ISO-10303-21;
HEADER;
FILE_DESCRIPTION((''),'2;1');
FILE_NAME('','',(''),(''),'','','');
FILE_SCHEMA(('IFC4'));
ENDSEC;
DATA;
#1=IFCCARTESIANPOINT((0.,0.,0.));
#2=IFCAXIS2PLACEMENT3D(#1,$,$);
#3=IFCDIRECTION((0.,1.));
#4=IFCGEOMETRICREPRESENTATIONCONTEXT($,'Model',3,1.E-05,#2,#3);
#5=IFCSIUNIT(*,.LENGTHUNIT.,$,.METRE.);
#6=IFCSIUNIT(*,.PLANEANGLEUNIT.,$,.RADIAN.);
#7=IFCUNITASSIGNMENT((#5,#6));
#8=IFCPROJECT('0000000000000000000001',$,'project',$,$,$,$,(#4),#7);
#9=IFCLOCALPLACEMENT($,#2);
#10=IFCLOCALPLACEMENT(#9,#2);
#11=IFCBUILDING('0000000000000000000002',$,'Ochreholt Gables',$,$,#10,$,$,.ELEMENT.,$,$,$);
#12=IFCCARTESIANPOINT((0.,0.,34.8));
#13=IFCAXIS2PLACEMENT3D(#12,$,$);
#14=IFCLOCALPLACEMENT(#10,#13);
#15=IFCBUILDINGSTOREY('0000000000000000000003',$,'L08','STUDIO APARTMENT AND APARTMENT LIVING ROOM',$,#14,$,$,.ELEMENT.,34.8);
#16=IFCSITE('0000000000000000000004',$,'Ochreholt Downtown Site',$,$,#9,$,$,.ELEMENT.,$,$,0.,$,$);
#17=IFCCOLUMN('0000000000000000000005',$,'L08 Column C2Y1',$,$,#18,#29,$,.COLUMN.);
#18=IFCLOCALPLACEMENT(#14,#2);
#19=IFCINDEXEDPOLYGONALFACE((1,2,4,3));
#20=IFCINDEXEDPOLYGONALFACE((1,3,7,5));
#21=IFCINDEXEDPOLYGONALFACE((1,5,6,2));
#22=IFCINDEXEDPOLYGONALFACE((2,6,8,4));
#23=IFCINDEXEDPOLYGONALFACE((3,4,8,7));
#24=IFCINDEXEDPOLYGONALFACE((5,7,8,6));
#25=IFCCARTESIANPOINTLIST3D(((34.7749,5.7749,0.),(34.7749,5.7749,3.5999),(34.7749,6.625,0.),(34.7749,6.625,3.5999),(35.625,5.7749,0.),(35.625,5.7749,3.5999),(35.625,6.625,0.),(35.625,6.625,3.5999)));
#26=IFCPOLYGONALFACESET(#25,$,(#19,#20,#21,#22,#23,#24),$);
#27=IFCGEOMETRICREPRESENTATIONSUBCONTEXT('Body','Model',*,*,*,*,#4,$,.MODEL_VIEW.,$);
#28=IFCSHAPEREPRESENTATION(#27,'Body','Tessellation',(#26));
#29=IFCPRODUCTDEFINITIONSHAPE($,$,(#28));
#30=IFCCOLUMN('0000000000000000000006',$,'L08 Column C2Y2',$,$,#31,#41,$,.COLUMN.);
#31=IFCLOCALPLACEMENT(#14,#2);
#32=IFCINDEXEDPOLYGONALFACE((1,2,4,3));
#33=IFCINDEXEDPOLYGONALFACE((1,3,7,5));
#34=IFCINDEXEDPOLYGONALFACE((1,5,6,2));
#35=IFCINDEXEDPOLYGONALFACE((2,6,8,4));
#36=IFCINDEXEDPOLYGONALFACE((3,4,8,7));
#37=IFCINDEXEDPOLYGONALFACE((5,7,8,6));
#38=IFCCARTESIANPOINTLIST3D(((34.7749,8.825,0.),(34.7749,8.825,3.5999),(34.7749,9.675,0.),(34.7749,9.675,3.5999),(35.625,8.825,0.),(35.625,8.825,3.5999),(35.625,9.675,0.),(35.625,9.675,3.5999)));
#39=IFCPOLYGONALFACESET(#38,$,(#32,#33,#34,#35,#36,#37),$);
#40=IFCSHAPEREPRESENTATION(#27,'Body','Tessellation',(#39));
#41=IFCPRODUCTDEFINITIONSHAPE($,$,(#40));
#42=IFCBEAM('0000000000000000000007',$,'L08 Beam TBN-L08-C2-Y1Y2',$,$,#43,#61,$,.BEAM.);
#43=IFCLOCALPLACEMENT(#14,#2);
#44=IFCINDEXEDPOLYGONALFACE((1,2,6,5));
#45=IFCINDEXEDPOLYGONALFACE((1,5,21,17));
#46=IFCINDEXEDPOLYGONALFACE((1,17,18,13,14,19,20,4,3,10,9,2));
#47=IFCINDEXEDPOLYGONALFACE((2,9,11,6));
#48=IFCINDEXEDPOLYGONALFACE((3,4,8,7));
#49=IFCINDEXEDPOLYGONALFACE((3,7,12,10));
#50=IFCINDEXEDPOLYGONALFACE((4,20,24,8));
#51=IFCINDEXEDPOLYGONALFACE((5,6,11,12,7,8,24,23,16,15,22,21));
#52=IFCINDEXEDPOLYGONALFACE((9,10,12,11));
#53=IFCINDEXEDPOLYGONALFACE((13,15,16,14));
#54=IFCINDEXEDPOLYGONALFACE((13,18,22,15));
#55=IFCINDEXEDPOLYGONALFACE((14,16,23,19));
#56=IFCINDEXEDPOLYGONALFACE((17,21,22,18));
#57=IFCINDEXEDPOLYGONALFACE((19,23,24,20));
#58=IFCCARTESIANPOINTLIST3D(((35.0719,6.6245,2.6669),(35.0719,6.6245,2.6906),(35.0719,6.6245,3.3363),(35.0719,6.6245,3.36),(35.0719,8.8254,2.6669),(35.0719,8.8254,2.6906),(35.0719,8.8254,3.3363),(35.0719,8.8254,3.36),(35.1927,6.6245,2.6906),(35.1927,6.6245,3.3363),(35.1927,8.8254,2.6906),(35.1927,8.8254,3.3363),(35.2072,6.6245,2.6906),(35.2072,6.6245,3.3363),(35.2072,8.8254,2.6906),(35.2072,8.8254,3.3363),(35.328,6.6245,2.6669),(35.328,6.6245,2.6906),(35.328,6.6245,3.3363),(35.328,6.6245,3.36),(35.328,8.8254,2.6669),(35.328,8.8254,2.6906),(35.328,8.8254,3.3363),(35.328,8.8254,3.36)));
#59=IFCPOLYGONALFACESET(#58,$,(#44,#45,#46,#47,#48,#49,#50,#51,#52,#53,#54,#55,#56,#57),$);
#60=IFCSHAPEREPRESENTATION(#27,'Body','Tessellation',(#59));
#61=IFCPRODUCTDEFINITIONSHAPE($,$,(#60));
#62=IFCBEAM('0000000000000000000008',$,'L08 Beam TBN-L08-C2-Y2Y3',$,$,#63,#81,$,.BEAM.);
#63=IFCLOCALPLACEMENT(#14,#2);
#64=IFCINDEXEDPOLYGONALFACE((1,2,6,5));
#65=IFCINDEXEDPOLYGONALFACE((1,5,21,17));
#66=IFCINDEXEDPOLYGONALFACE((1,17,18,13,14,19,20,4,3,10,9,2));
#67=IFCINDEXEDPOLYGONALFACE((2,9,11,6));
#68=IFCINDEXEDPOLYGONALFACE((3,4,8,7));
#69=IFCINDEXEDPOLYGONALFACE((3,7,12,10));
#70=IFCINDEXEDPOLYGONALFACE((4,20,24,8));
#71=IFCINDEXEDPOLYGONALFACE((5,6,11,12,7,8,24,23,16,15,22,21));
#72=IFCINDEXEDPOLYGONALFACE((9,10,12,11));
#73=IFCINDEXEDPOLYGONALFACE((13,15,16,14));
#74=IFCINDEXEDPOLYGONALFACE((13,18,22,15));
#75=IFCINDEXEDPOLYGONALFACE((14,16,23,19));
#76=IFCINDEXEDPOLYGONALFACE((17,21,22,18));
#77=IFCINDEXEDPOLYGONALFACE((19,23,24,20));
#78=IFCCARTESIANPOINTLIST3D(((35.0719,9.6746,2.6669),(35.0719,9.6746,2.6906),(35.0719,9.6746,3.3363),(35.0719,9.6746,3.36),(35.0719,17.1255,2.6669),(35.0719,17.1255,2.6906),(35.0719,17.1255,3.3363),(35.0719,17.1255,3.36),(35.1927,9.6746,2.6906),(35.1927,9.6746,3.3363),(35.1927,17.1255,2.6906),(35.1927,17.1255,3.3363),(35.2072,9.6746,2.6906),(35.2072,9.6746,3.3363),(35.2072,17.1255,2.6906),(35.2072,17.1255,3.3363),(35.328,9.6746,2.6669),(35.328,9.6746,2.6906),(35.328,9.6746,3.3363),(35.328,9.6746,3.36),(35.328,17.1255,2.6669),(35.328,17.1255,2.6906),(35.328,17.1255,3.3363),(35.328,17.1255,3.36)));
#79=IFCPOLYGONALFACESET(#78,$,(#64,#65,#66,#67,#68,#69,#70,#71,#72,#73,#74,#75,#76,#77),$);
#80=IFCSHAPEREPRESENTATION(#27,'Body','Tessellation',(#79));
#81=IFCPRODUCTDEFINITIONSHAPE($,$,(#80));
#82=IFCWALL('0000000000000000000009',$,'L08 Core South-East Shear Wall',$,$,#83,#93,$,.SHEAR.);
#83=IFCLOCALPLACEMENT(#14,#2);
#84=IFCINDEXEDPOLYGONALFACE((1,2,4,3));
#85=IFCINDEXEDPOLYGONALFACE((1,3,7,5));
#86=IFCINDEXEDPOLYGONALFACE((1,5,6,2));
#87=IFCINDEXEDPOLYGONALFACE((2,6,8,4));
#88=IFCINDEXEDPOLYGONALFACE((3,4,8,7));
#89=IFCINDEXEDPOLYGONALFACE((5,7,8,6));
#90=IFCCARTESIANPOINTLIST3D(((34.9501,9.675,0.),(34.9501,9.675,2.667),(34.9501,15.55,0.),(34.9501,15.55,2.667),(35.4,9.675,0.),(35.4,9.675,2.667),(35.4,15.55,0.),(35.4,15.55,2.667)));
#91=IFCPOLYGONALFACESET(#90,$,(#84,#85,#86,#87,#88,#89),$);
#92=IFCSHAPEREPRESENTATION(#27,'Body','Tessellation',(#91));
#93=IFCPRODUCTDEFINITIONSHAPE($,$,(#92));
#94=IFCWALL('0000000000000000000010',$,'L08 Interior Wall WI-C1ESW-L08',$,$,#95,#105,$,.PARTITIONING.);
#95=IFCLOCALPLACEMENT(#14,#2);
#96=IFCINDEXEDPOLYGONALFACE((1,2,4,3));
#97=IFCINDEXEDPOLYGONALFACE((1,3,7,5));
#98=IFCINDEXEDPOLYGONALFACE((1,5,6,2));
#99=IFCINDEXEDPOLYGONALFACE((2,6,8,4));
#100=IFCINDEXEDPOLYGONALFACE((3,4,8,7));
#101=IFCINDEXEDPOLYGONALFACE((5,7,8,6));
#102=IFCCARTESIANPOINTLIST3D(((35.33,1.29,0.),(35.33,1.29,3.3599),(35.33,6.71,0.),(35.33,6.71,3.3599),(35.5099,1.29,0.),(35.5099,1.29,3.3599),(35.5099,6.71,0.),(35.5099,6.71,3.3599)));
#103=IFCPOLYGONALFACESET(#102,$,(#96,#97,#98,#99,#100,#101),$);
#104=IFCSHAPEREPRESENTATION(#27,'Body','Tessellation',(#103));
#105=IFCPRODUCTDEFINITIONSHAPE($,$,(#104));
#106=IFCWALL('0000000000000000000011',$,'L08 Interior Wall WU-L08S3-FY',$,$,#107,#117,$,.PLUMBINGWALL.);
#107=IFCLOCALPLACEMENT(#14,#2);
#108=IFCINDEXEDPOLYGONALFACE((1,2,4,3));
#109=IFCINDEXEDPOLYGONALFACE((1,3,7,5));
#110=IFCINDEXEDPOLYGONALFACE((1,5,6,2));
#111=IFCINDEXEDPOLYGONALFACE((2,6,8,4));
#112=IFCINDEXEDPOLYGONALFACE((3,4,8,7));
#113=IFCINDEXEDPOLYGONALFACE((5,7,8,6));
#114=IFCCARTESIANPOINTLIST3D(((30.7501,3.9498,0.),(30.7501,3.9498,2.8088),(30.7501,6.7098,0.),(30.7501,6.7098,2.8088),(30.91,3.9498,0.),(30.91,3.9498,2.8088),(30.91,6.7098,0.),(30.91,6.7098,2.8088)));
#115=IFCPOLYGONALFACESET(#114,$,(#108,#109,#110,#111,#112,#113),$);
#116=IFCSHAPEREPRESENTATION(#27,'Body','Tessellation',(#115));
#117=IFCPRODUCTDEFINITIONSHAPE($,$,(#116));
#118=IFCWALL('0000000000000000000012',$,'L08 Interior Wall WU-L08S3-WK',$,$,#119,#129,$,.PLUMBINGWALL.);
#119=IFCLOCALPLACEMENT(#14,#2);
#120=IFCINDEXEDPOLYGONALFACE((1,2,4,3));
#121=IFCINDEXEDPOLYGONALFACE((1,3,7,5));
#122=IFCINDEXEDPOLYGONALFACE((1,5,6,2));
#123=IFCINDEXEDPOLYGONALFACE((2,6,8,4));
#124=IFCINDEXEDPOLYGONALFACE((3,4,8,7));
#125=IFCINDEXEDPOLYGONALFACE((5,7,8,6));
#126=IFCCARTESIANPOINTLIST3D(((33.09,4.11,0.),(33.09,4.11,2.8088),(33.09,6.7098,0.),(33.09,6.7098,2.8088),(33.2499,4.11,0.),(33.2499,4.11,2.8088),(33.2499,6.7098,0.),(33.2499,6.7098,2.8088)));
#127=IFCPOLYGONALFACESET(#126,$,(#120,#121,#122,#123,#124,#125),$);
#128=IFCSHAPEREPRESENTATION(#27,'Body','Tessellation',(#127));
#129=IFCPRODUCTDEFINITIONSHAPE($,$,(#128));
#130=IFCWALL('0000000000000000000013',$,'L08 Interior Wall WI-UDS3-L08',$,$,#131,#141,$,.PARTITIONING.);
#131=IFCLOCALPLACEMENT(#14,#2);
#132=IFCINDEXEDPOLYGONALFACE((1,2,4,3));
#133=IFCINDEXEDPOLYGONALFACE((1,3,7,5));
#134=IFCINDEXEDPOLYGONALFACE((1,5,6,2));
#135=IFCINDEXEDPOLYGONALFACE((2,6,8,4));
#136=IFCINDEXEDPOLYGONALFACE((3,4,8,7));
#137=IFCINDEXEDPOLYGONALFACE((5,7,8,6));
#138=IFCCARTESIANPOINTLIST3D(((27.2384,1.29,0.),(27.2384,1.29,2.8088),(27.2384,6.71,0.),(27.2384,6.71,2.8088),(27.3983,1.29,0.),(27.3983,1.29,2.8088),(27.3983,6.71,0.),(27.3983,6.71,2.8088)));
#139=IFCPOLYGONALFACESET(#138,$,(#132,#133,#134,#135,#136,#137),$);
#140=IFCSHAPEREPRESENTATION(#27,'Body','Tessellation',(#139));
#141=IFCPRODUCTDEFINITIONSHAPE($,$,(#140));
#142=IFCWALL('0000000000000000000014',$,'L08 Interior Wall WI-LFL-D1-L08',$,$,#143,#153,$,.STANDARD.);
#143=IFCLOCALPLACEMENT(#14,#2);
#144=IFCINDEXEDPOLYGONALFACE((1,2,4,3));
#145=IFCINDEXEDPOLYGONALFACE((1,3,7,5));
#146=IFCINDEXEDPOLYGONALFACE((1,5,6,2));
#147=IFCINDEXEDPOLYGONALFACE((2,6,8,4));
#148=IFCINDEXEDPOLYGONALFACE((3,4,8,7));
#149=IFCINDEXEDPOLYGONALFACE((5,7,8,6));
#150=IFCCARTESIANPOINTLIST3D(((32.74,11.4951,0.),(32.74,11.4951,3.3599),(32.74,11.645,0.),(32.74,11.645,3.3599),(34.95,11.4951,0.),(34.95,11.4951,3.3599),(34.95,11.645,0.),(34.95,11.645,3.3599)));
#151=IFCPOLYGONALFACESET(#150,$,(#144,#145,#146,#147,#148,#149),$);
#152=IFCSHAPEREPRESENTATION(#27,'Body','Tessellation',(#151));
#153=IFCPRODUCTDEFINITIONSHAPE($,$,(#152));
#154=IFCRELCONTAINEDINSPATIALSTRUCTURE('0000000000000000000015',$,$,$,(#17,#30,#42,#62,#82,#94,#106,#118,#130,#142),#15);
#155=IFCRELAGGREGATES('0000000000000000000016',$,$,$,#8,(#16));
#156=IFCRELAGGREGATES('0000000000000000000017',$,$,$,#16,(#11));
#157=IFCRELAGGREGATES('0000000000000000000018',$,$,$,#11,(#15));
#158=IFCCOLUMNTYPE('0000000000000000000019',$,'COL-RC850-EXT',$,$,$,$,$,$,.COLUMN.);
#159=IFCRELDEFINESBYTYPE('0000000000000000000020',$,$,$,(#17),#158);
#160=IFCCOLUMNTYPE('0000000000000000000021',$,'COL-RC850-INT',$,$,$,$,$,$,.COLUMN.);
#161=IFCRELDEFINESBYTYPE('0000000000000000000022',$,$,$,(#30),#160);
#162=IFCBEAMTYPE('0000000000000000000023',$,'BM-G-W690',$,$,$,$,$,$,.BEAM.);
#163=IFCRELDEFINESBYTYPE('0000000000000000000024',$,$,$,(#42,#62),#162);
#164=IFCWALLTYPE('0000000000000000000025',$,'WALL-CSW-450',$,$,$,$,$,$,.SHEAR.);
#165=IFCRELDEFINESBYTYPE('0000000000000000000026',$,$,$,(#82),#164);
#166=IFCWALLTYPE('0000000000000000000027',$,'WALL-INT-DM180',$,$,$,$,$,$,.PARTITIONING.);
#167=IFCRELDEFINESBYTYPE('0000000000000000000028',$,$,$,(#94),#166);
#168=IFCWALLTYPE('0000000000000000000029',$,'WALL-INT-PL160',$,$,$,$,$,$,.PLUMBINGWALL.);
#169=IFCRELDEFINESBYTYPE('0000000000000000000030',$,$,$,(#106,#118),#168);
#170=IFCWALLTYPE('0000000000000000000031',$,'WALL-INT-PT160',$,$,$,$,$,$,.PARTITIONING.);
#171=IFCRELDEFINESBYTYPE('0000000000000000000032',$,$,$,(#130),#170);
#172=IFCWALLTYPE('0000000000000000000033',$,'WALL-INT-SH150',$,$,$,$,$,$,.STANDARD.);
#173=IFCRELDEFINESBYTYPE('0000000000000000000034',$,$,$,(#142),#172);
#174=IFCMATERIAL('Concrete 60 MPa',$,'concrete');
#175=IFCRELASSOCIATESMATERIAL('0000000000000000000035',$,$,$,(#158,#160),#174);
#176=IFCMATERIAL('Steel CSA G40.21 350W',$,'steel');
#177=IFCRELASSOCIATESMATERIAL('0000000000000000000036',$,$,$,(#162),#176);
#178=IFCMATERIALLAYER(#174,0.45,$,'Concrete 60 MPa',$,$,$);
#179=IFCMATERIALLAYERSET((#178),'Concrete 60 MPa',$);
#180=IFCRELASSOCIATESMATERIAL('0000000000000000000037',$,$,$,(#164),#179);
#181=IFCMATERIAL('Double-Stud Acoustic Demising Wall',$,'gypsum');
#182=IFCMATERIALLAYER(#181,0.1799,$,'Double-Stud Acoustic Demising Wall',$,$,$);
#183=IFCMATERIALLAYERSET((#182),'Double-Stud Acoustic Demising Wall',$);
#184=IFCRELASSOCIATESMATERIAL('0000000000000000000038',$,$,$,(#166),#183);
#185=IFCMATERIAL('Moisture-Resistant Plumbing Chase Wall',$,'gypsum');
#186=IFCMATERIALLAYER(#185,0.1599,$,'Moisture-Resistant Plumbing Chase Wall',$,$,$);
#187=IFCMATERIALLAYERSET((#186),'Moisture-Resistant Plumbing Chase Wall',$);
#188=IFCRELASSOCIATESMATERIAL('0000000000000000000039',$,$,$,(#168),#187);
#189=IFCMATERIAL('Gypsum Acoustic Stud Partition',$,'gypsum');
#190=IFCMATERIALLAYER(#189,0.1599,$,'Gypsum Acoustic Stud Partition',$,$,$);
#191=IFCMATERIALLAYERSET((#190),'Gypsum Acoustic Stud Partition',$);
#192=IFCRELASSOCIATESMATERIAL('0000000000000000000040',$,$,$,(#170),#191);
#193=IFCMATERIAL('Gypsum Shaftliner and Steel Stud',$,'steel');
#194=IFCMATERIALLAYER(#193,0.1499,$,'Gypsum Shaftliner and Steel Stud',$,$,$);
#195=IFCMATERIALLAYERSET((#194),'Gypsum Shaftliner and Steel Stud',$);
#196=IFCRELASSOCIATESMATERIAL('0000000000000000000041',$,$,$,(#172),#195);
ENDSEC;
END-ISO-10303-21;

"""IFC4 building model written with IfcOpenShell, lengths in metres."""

from ifc_helpers import new_model, si_unit, direction, frame, frame_2d, origin, origin_2d, place, context, subcontext, project, spatial, rectangle, i_section, extrude, material, layer, layer_set, material_profile, profile_set, type_object, element, save


model = new_model("IFC4")

# Units and contexts
model_context = context("Model", 3, precision=1e-05, world=origin(), true_north=direction((0.0, 1.0)))
body_context = subcontext(model_context, "Body", "Model", "MODEL_VIEW")
ifc_project = project(units=[si_unit("LENGTHUNIT", "METRE"), si_unit("PLANEANGLEUNIT", "RADIAN")], contexts=[model_context])

# Site, building, storey
site_placement = place(None, origin())
site = spatial("IfcSite", under=ifc_project, at=site_placement, Name="Ochreholt Downtown Site", CompositionType="ELEMENT", RefElevation=0.0)
building_placement = place(site_placement, origin())
building = spatial("IfcBuilding", under=site, at=building_placement, Name="Ochreholt Gables", CompositionType="ELEMENT")
storey_placement = place(building_placement, frame((0.0, 0.0, 34.8)))
storey = spatial("IfcBuildingStorey", under=building, at=storey_placement, Name="L08", Description="STUDIO APARTMENT AND APARTMENT LIVING ROOM", CompositionType="ELEMENT", Elevation=34.8)

# Columns
ifc_material_1 = material(Name="Concrete 60 MPa", Category="concrete")
ifc_material_profile_1 = material_profile(ifc_material_1, rectangle(XDim=0.8501, YDim=0.8501, at=origin_2d()), Name="RC850X850")
ifc_profile_set_1 = profile_set([ifc_material_profile_1], Name="Concrete 60 MPa")
column_type_1 = type_object("IfcColumnType", Name="COL-RC850-EXT", PredefinedType="COLUMN", material=ifc_profile_set_1)
column_1_placement = place(storey_placement, frame((35.2, 6.2, 0.0), z_axis=(0.0, 0.0, 1.0), x_axis=(1.0, 0.0, 0.0)))
element("IfcColumn", 1, at=column_1_placement, inside=storey, type_object=column_type_1, Name="L08 Column C2Y1", PredefinedType="COLUMN", context=body_context, shape_type="SweptSolid", body=[
    extrude(rectangle(XDim=0.8501, YDim=0.8501, at=origin_2d()), origin(), (0.0, 0.0, 1.0), 3.5999),
])
ifc_material_profile_2 = material_profile(ifc_material_1, rectangle(XDim=0.8501, YDim=0.8501, at=origin_2d()), Name="RC850X850")
ifc_profile_set_2 = profile_set([ifc_material_profile_2], Name="Concrete 60 MPa")
column_type_2 = type_object("IfcColumnType", Name="COL-RC850-INT", PredefinedType="COLUMN", material=ifc_profile_set_2)
column_2_placement = place(storey_placement, frame((35.2, 9.25, 0.0), z_axis=(0.0, 0.0, 1.0), x_axis=(1.0, 0.0, 0.0)))
element("IfcColumn", 2, at=column_2_placement, inside=storey, type_object=column_type_2, Name="L08 Column C2Y2", PredefinedType="COLUMN", context=body_context, shape_type="SweptSolid", body=[
    extrude(rectangle(XDim=0.8501, YDim=0.8501, at=origin_2d()), origin(), (0.0, 0.0, 1.0), 3.5999),
])

# Beams
ifc_material_2 = material(Name="Steel CSA G40.21 350W", Category="steel")
ifc_material_profile_3 = material_profile(ifc_material_2, i_section(OverallWidth=0.2561, OverallDepth=0.6931, WebThickness=0.0144, FlangeThickness=0.0237, at=origin_2d()), Name="W690X170")
ifc_profile_set_3 = profile_set([ifc_material_profile_3], Name="Steel CSA G40.21 350W")
beam_type = type_object("IfcBeamType", Name="BM-G-W690", PredefinedType="BEAM", material=ifc_profile_set_3)
beam_1_placement = place(storey_placement, frame((35.2, 6.6245, 3.0134), z_axis=(0.0, 1.0, 0.0), x_axis=(-1.0, 0.0, 0.0)))
element("IfcBeam", 3, at=beam_1_placement, inside=storey, type_object=beam_type, Name="L08 Beam TBN-L08-C2-Y1Y2", PredefinedType="BEAM", context=body_context, shape_type="SweptSolid", body=[
    extrude(i_section(OverallWidth=0.2561, OverallDepth=0.6931, WebThickness=0.0144, FlangeThickness=0.0237, at=origin_2d()), origin(), (0.0, 0.0, 1.0), 2.2009),
])
beam_2_placement = place(storey_placement, frame((35.2, 9.6746, 3.0134), z_axis=(0.0, 1.0, 0.0), x_axis=(-1.0, 0.0, 0.0)))
element("IfcBeam", 4, at=beam_2_placement, inside=storey, type_object=beam_type, Name="L08 Beam TBN-L08-C2-Y2Y3", PredefinedType="BEAM", context=body_context, shape_type="SweptSolid", body=[
    extrude(i_section(OverallWidth=0.2561, OverallDepth=0.6931, WebThickness=0.0144, FlangeThickness=0.0237, at=origin_2d()), origin(), (0.0, 0.0, 1.0), 7.4509),
])

# Walls
ifc_layer_1 = layer(ifc_material_1, 0.45, Name="Concrete 60 MPa")
ifc_layer_set_1 = layer_set([ifc_layer_1], Name="Concrete 60 MPa")
wall_type_1 = type_object("IfcWallType", Name="WALL-CSW-450", PredefinedType="SHEAR", material=ifc_layer_set_1)
wall_1_placement = place(storey_placement, frame((35.175, 9.675, 0.0), z_axis=(0.0, 0.0, 1.0), x_axis=(0.0, 1.0, 0.0)))
element("IfcWall", 5, at=wall_1_placement, inside=storey, type_object=wall_type_1, Name="L08 Core South-East Shear Wall", PredefinedType="SHEAR", context=body_context, shape_type="SweptSolid", body=[
    extrude(rectangle(XDim=5.875, YDim=0.45, at=frame_2d((2.9375, 0.0))), origin(), (0.0, 0.0, 1.0), 2.667),
])
ifc_material_3 = material(Name="Double-Stud Acoustic Demising Wall", Category="gypsum")
ifc_layer_2 = layer(ifc_material_3, 0.1799, Name="Double-Stud Acoustic Demising Wall")
ifc_layer_set_2 = layer_set([ifc_layer_2], Name="Double-Stud Acoustic Demising Wall")
wall_type_2 = type_object("IfcWallType", Name="WALL-INT-DM180", PredefinedType="PARTITIONING", material=ifc_layer_set_2)
wall_2_placement = place(storey_placement, frame((35.4199, 1.29, 0.0), z_axis=(0.0, 0.0, 1.0), x_axis=(0.0, 1.0, 0.0)))
element("IfcWall", 6, at=wall_2_placement, inside=storey, type_object=wall_type_2, Name="L08 Interior Wall WI-C1ESW-L08", PredefinedType="PARTITIONING", context=body_context, shape_type="SweptSolid", body=[
    extrude(rectangle(XDim=5.4199, YDim=0.1799, at=frame_2d((2.71, 0.0))), origin(), (0.0, 0.0, 1.0), 3.3599),
])

# Shared definitions
ifc_material_4 = material(Name="Moisture-Resistant Plumbing Chase Wall", Category="gypsum")
ifc_layer_3 = layer(ifc_material_4, 0.1599, Name="Moisture-Resistant Plumbing Chase Wall")
ifc_layer_set_3 = layer_set([ifc_layer_3], Name="Moisture-Resistant Plumbing Chase Wall")
wall_type_3 = type_object("IfcWallType", Name="WALL-INT-PL160", PredefinedType="PLUMBINGWALL", material=ifc_layer_set_3)

# Walls
wall_3_placement = place(storey_placement, frame((30.8301, 3.95, 0.0), z_axis=(0.0, 0.0, 1.0), x_axis=(0.0, 1.0, 0.0)))
element("IfcWall", 7, at=wall_3_placement, inside=storey, type_object=wall_type_3, Name="L08 Interior Wall WU-L08S3-FY", PredefinedType="PLUMBINGWALL", context=body_context, shape_type="SweptSolid", body=[
    extrude(rectangle(XDim=2.76, YDim=0.1599, at=frame_2d((1.3799, 0.0))), origin(), (0.0, 0.0, 1.0), 2.8088),
])
wall_4_placement = place(storey_placement, frame((33.1699, 4.1101, 0.0), z_axis=(0.0, 0.0, 1.0), x_axis=(0.0, 1.0, 0.0)))
element("IfcWall", 8, at=wall_4_placement, inside=storey, type_object=wall_type_3, Name="L08 Interior Wall WU-L08S3-WK", PredefinedType="PLUMBINGWALL", context=body_context, shape_type="SweptSolid", body=[
    extrude(rectangle(XDim=2.5999, YDim=0.1599, at=frame_2d((1.2998, 0.0))), origin(), (0.0, 0.0, 1.0), 2.8088),
])
ifc_material_5 = material(Name="Gypsum Acoustic Stud Partition", Category="gypsum")
ifc_layer_4 = layer(ifc_material_5, 0.1599, Name="Gypsum Acoustic Stud Partition")
ifc_layer_set_4 = layer_set([ifc_layer_4], Name="Gypsum Acoustic Stud Partition")
wall_type_4 = type_object("IfcWallType", Name="WALL-INT-PT160", PredefinedType="PARTITIONING", material=ifc_layer_set_4)
wall_5_placement = place(storey_placement, frame((27.3184, 1.29, 0.0), z_axis=(0.0, 0.0, 1.0), x_axis=(0.0, 1.0, 0.0)))
element("IfcWall", 9, at=wall_5_placement, inside=storey, type_object=wall_type_4, Name="L08 Interior Wall WI-UDS3-L08", PredefinedType="PARTITIONING", context=body_context, shape_type="SweptSolid", body=[
    extrude(rectangle(XDim=5.4199, YDim=0.1599, at=frame_2d((2.71, 0.0))), origin(), (0.0, 0.0, 1.0), 2.8088),
])
ifc_material_6 = material(Name="Gypsum Shaftliner and Steel Stud", Category="steel")
ifc_layer_5 = layer(ifc_material_6, 0.1499, Name="Gypsum Shaftliner and Steel Stud")
ifc_layer_set_5 = layer_set([ifc_layer_5], Name="Gypsum Shaftliner and Steel Stud")
wall_type_5 = type_object("IfcWallType", Name="WALL-INT-SH150", PredefinedType="STANDARD", material=ifc_layer_set_5)
wall_6_placement = place(storey_placement, frame((32.74, 11.5701, 0.0), z_axis=(0.0, 0.0, 1.0), x_axis=(1.0, 0.0, 0.0)))
element("IfcWall", 10, at=wall_6_placement, inside=storey, type_object=wall_type_5, Name="L08 Interior Wall WI-LFL-D1-L08", PredefinedType="STANDARD", context=body_context, shape_type="SweptSolid", body=[
    extrude(rectangle(XDim=2.21, YDim=0.1499, at=frame_2d((1.105, 0.0))), origin(), (0.0, 0.0, 1.0), 3.3599),
])

save(model, "model.ifc")
